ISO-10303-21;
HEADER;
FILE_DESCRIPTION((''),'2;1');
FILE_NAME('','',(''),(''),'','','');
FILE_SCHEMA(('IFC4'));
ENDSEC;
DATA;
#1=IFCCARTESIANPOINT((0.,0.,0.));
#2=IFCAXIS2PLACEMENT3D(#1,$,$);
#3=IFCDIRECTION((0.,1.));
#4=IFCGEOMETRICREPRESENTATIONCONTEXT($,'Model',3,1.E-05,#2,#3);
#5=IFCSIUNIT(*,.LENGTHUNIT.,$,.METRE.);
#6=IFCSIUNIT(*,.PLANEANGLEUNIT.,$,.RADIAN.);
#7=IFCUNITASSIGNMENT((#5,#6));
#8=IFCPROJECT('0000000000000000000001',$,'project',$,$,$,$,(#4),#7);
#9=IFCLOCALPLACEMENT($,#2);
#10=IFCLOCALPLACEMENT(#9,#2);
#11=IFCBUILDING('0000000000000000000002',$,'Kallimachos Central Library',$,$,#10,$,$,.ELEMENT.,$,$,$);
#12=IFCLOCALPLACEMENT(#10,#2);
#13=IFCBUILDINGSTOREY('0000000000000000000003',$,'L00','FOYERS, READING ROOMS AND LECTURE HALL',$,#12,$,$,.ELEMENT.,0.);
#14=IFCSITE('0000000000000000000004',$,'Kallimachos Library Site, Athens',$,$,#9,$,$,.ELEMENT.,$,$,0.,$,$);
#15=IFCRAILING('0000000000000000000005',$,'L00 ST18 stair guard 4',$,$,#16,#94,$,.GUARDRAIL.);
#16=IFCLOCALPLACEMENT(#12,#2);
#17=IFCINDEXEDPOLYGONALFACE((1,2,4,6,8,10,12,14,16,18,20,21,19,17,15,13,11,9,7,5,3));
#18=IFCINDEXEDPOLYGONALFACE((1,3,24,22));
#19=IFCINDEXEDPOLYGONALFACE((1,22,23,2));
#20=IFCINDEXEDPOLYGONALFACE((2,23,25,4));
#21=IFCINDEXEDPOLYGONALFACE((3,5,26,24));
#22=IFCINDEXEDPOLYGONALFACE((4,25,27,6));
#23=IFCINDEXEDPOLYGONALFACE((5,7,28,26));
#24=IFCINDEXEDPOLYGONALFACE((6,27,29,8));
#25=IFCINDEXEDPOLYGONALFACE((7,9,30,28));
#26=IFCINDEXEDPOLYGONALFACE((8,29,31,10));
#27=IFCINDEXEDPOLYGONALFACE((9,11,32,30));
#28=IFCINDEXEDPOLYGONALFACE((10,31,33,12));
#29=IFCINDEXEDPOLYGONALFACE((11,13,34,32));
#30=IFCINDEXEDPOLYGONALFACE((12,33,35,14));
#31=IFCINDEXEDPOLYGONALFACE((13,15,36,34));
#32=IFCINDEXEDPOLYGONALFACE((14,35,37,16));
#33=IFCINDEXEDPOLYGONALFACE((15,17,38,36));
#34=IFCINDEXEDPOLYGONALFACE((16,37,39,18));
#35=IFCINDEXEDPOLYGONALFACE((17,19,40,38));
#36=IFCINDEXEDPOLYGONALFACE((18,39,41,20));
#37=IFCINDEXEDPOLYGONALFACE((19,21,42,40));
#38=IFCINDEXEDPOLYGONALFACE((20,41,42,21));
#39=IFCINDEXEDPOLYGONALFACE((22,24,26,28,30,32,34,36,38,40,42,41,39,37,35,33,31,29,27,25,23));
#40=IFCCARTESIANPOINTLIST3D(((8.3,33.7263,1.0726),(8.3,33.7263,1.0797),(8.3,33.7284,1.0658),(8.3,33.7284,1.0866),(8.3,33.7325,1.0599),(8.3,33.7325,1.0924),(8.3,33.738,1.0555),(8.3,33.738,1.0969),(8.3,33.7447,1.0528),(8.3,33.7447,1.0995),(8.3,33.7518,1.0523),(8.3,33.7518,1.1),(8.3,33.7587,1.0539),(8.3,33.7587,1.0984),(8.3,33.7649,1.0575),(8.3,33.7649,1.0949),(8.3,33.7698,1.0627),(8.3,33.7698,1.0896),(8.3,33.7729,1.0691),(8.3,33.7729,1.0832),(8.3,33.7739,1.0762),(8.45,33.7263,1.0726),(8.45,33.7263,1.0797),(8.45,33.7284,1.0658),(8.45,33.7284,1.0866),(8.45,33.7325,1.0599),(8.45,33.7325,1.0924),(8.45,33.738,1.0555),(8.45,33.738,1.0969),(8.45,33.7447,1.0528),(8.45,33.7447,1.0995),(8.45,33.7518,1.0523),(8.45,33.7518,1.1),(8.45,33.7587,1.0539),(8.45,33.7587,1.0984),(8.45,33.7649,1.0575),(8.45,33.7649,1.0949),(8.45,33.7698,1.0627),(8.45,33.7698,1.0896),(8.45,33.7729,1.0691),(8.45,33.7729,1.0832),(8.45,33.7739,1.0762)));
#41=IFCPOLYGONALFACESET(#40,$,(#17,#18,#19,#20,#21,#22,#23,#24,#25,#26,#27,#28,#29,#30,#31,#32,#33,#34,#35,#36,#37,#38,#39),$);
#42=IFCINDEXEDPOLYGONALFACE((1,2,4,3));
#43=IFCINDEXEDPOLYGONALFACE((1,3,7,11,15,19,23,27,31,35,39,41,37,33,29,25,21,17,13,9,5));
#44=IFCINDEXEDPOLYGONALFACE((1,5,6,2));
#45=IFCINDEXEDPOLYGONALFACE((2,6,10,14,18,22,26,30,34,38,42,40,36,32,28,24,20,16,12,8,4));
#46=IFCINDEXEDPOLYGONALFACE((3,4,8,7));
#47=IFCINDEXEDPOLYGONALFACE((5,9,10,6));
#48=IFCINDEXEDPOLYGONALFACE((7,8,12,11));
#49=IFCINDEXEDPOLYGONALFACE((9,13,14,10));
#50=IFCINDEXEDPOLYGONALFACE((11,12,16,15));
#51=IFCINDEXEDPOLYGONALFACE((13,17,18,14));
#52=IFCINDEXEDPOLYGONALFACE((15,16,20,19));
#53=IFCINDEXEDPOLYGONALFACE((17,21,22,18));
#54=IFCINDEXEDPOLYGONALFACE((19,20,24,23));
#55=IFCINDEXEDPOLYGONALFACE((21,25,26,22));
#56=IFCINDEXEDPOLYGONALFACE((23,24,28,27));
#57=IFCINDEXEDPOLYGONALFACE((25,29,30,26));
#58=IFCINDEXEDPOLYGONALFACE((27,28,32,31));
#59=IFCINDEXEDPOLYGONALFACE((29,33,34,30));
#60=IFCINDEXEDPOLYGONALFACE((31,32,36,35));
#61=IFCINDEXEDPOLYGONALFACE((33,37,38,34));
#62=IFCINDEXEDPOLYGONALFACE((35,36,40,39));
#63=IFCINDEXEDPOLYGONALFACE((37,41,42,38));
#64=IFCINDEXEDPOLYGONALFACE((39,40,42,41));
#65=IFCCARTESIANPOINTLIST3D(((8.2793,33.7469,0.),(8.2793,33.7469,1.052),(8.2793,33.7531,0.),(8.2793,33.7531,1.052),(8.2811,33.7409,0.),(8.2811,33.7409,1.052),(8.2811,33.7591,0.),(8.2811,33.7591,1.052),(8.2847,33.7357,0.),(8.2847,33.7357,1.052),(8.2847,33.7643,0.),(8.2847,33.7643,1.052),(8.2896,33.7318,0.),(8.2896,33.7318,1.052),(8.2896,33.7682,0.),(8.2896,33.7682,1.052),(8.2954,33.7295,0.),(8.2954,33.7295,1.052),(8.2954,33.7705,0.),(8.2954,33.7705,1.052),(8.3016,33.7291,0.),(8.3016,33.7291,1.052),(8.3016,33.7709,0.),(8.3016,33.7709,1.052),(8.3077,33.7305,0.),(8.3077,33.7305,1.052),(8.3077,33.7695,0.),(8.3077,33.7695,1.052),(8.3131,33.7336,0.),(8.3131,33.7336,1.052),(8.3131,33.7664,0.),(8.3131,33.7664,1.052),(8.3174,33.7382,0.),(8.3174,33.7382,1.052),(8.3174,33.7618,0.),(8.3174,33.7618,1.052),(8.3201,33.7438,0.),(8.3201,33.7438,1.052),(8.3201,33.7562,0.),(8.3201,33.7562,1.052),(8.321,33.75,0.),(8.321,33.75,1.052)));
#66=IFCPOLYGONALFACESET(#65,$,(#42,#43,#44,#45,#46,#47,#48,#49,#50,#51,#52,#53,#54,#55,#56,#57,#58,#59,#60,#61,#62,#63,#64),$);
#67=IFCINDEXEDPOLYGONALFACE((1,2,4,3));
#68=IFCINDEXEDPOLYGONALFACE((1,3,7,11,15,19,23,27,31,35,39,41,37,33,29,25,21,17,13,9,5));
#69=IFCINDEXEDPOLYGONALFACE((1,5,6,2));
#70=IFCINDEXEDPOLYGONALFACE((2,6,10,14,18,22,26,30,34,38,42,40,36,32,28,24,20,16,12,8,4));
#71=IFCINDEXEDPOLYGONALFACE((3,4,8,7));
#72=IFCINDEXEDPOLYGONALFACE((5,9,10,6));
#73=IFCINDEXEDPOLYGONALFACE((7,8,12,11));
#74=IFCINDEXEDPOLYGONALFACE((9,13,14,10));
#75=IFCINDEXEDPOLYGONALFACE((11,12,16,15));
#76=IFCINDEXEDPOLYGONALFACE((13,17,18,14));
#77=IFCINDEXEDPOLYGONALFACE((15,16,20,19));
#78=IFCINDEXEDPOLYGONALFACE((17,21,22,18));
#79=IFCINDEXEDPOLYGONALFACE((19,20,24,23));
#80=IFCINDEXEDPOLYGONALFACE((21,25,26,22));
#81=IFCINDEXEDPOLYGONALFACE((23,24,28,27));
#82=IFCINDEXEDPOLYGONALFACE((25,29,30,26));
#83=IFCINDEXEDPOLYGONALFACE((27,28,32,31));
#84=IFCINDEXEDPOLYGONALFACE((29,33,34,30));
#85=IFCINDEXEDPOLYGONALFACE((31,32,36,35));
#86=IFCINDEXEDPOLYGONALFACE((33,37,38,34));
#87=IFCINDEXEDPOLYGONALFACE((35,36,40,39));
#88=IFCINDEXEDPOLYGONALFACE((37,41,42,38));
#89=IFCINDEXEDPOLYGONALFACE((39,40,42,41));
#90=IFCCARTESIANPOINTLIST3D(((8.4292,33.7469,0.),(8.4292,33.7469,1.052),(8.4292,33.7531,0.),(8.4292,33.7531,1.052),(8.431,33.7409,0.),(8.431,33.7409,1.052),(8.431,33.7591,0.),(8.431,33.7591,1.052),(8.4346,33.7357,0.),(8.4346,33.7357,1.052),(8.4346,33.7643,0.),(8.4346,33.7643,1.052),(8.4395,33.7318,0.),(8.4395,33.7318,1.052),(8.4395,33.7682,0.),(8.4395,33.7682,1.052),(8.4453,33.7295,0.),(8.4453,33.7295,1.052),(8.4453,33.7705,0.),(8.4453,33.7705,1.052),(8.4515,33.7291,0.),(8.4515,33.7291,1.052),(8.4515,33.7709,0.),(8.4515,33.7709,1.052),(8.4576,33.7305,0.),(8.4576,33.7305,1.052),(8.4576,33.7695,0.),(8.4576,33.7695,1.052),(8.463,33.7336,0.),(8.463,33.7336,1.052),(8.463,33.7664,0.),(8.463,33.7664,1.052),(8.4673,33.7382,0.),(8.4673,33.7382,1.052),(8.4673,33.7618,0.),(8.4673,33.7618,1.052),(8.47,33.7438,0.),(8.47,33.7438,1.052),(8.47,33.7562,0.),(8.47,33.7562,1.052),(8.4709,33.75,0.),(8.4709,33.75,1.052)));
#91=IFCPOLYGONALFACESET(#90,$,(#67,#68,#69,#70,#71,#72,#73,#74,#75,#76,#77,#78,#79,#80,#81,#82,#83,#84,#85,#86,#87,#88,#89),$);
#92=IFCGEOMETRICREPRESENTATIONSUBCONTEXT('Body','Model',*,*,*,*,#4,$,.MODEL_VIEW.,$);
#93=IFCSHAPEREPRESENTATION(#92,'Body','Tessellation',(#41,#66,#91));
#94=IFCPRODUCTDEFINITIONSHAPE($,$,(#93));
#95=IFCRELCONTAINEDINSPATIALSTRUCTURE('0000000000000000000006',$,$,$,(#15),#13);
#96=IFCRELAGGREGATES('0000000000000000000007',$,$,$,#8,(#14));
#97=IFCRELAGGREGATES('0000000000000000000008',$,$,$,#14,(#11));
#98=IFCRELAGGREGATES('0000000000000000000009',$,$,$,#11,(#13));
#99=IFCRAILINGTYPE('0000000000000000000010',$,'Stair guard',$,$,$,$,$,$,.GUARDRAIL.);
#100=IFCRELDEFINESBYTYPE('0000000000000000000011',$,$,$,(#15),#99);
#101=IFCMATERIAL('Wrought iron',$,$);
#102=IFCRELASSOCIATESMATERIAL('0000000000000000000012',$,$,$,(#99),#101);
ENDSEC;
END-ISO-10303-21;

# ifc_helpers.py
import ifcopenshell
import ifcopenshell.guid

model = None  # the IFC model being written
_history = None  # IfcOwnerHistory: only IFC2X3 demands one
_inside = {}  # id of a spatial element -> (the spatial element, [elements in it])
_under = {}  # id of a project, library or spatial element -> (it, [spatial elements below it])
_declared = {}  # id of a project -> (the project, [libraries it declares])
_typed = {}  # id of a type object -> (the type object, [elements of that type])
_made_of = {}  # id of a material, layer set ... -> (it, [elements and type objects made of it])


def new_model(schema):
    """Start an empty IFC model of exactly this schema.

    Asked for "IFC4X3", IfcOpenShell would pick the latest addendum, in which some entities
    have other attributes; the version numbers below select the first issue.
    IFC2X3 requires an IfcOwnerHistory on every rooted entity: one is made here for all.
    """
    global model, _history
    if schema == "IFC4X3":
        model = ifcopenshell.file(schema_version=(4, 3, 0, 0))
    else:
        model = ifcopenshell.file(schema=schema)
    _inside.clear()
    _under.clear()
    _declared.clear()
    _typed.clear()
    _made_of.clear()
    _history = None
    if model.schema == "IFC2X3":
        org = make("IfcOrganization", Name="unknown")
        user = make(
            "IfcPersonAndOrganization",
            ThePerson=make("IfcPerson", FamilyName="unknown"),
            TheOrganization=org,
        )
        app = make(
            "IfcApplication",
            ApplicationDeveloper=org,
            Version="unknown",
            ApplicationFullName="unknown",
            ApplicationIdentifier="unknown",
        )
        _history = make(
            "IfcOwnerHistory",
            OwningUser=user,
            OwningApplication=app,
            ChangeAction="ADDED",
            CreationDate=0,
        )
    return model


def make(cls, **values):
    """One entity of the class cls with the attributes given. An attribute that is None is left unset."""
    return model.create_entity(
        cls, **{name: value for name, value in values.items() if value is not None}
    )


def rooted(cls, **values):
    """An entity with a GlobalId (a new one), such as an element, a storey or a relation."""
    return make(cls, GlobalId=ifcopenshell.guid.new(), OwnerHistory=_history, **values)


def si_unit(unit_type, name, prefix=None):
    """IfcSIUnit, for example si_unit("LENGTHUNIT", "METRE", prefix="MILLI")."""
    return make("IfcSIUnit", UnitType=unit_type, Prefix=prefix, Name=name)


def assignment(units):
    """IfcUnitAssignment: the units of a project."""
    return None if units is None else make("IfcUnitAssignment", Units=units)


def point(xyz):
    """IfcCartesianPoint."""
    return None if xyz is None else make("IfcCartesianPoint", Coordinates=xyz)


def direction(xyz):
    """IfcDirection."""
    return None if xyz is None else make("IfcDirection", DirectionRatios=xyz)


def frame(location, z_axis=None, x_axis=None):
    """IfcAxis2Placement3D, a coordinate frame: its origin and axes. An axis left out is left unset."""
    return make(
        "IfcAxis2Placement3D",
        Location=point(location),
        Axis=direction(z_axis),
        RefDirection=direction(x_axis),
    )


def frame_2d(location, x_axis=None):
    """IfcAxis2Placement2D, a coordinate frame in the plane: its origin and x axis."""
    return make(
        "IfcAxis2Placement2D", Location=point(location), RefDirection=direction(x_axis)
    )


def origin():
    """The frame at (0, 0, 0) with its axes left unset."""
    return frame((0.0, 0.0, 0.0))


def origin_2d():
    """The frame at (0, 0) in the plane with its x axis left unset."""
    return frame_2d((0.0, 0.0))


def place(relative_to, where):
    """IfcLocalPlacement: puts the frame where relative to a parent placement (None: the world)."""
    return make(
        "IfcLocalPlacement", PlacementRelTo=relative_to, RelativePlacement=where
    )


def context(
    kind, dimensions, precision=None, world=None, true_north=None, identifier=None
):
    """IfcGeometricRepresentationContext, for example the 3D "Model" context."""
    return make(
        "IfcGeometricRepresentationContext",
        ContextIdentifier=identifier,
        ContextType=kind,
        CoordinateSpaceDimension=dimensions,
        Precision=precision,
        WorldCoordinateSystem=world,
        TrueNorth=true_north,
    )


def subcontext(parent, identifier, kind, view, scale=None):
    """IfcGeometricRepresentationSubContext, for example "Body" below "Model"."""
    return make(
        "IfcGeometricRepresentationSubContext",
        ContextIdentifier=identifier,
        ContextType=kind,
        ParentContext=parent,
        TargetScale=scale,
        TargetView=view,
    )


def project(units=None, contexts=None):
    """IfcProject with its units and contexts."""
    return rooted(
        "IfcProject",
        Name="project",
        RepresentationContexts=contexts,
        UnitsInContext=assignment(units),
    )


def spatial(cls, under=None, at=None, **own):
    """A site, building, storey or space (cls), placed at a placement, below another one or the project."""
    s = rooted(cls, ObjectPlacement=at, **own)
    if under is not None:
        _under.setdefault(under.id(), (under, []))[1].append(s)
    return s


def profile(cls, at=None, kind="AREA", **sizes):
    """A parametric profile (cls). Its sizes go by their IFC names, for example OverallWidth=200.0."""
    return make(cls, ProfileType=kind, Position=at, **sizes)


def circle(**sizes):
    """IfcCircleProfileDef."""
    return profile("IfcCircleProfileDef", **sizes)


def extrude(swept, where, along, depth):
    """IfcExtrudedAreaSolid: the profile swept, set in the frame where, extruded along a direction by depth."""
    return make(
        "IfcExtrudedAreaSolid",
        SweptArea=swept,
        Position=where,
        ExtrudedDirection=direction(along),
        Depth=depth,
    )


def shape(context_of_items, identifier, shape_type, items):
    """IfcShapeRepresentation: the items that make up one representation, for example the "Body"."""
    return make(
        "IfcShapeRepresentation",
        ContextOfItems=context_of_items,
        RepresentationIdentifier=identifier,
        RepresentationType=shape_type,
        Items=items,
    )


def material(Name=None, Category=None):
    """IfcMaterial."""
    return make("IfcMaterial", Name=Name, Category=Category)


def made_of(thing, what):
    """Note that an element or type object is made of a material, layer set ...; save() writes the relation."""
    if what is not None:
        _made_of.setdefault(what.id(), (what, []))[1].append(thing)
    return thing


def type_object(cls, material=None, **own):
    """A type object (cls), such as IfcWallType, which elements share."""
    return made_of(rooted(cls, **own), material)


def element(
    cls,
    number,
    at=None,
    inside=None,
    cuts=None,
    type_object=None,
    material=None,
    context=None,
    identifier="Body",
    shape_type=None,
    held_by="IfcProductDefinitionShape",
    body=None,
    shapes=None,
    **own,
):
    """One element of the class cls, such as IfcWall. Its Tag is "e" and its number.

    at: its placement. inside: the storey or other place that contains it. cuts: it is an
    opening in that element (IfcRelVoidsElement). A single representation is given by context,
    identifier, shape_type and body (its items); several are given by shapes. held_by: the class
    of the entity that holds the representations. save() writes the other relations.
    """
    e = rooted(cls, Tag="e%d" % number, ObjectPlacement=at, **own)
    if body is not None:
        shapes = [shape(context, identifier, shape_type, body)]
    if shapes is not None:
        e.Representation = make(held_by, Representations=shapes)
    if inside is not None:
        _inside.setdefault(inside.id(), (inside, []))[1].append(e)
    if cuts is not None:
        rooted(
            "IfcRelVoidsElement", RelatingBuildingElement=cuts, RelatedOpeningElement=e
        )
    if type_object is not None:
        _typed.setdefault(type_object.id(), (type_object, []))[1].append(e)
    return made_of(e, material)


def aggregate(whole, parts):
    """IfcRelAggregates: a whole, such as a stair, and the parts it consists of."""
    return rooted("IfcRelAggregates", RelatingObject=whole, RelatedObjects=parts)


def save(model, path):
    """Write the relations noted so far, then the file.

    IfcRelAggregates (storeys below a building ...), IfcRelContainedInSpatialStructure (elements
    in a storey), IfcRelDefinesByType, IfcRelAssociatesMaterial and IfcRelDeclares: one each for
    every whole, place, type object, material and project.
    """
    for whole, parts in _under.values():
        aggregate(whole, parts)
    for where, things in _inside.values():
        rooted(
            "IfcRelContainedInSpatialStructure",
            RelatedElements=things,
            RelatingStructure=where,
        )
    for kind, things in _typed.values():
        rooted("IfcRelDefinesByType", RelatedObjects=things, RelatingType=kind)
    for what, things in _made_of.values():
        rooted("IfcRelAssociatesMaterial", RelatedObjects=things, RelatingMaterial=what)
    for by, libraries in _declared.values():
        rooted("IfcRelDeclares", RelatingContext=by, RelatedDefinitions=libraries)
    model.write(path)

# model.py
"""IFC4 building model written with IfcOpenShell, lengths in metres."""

from ifc_helpers import new_model, si_unit, direction, frame, origin, origin_2d, place, context, subcontext, project, spatial, circle, extrude, material, type_object, element, save


model = new_model("IFC4")

# Units and contexts
model_context = context("Model", 3, precision=1e-05, world=origin(), true_north=direction((0.0, 1.0)))
body_context = subcontext(model_context, "Body", "Model", "MODEL_VIEW")
ifc_project = project(units=[si_unit("LENGTHUNIT", "METRE"), si_unit("PLANEANGLEUNIT", "RADIAN")], contexts=[model_context])

# Site, building, storey
site_placement = place(None, origin())
site = spatial("IfcSite", under=ifc_project, at=site_placement, Name="Kallimachos Library Site, Athens", CompositionType="ELEMENT", RefElevation=0.0)
building_placement = place(site_placement, origin())
building = spatial("IfcBuilding", under=site, at=building_placement, Name="Kallimachos Central Library", CompositionType="ELEMENT")
storey_placement = place(building_placement, origin())
storey = spatial("IfcBuildingStorey", under=building, at=storey_placement, Name="L00", Description="FOYERS, READING ROOMS AND LECTURE HALL", CompositionType="ELEMENT", Elevation=0.0)

# Railing
ifc_material_1 = material(Name="Wrought iron")
railing_type_1 = type_object("IfcRailingType", Name="Stair guard", PredefinedType="GUARDRAIL", material=ifc_material_1)
railing_1_placement = place(storey_placement, frame((8.3, 33.75, 0.0)))
element("IfcRailing", 1, at=railing_1_placement, inside=storey, type_object=railing_type_1, Name="L00 ST18 stair guard 4", PredefinedType="GUARDRAIL", context=body_context, shape_type="SweptSolid", body=[
    extrude(circle(Radius=0.0239, at=origin_2d()), frame((0.0, 0.0, 1.0762), z_axis=(1.0, 0.0, 0.0), x_axis=(0.0, 1.0, 0.0)), (0.0, 0.0, 1.0), 0.1499),
    extrude(circle(Radius=0.021, at=origin_2d()), origin(), (0.0, 0.0, 1.0), 1.052),
    extrude(circle(Radius=0.021, at=origin_2d()), frame((0.1499, 0.0, 0.0)), (0.0, 0.0, 1.0), 1.052),
])

save(model, "model.ifc")
